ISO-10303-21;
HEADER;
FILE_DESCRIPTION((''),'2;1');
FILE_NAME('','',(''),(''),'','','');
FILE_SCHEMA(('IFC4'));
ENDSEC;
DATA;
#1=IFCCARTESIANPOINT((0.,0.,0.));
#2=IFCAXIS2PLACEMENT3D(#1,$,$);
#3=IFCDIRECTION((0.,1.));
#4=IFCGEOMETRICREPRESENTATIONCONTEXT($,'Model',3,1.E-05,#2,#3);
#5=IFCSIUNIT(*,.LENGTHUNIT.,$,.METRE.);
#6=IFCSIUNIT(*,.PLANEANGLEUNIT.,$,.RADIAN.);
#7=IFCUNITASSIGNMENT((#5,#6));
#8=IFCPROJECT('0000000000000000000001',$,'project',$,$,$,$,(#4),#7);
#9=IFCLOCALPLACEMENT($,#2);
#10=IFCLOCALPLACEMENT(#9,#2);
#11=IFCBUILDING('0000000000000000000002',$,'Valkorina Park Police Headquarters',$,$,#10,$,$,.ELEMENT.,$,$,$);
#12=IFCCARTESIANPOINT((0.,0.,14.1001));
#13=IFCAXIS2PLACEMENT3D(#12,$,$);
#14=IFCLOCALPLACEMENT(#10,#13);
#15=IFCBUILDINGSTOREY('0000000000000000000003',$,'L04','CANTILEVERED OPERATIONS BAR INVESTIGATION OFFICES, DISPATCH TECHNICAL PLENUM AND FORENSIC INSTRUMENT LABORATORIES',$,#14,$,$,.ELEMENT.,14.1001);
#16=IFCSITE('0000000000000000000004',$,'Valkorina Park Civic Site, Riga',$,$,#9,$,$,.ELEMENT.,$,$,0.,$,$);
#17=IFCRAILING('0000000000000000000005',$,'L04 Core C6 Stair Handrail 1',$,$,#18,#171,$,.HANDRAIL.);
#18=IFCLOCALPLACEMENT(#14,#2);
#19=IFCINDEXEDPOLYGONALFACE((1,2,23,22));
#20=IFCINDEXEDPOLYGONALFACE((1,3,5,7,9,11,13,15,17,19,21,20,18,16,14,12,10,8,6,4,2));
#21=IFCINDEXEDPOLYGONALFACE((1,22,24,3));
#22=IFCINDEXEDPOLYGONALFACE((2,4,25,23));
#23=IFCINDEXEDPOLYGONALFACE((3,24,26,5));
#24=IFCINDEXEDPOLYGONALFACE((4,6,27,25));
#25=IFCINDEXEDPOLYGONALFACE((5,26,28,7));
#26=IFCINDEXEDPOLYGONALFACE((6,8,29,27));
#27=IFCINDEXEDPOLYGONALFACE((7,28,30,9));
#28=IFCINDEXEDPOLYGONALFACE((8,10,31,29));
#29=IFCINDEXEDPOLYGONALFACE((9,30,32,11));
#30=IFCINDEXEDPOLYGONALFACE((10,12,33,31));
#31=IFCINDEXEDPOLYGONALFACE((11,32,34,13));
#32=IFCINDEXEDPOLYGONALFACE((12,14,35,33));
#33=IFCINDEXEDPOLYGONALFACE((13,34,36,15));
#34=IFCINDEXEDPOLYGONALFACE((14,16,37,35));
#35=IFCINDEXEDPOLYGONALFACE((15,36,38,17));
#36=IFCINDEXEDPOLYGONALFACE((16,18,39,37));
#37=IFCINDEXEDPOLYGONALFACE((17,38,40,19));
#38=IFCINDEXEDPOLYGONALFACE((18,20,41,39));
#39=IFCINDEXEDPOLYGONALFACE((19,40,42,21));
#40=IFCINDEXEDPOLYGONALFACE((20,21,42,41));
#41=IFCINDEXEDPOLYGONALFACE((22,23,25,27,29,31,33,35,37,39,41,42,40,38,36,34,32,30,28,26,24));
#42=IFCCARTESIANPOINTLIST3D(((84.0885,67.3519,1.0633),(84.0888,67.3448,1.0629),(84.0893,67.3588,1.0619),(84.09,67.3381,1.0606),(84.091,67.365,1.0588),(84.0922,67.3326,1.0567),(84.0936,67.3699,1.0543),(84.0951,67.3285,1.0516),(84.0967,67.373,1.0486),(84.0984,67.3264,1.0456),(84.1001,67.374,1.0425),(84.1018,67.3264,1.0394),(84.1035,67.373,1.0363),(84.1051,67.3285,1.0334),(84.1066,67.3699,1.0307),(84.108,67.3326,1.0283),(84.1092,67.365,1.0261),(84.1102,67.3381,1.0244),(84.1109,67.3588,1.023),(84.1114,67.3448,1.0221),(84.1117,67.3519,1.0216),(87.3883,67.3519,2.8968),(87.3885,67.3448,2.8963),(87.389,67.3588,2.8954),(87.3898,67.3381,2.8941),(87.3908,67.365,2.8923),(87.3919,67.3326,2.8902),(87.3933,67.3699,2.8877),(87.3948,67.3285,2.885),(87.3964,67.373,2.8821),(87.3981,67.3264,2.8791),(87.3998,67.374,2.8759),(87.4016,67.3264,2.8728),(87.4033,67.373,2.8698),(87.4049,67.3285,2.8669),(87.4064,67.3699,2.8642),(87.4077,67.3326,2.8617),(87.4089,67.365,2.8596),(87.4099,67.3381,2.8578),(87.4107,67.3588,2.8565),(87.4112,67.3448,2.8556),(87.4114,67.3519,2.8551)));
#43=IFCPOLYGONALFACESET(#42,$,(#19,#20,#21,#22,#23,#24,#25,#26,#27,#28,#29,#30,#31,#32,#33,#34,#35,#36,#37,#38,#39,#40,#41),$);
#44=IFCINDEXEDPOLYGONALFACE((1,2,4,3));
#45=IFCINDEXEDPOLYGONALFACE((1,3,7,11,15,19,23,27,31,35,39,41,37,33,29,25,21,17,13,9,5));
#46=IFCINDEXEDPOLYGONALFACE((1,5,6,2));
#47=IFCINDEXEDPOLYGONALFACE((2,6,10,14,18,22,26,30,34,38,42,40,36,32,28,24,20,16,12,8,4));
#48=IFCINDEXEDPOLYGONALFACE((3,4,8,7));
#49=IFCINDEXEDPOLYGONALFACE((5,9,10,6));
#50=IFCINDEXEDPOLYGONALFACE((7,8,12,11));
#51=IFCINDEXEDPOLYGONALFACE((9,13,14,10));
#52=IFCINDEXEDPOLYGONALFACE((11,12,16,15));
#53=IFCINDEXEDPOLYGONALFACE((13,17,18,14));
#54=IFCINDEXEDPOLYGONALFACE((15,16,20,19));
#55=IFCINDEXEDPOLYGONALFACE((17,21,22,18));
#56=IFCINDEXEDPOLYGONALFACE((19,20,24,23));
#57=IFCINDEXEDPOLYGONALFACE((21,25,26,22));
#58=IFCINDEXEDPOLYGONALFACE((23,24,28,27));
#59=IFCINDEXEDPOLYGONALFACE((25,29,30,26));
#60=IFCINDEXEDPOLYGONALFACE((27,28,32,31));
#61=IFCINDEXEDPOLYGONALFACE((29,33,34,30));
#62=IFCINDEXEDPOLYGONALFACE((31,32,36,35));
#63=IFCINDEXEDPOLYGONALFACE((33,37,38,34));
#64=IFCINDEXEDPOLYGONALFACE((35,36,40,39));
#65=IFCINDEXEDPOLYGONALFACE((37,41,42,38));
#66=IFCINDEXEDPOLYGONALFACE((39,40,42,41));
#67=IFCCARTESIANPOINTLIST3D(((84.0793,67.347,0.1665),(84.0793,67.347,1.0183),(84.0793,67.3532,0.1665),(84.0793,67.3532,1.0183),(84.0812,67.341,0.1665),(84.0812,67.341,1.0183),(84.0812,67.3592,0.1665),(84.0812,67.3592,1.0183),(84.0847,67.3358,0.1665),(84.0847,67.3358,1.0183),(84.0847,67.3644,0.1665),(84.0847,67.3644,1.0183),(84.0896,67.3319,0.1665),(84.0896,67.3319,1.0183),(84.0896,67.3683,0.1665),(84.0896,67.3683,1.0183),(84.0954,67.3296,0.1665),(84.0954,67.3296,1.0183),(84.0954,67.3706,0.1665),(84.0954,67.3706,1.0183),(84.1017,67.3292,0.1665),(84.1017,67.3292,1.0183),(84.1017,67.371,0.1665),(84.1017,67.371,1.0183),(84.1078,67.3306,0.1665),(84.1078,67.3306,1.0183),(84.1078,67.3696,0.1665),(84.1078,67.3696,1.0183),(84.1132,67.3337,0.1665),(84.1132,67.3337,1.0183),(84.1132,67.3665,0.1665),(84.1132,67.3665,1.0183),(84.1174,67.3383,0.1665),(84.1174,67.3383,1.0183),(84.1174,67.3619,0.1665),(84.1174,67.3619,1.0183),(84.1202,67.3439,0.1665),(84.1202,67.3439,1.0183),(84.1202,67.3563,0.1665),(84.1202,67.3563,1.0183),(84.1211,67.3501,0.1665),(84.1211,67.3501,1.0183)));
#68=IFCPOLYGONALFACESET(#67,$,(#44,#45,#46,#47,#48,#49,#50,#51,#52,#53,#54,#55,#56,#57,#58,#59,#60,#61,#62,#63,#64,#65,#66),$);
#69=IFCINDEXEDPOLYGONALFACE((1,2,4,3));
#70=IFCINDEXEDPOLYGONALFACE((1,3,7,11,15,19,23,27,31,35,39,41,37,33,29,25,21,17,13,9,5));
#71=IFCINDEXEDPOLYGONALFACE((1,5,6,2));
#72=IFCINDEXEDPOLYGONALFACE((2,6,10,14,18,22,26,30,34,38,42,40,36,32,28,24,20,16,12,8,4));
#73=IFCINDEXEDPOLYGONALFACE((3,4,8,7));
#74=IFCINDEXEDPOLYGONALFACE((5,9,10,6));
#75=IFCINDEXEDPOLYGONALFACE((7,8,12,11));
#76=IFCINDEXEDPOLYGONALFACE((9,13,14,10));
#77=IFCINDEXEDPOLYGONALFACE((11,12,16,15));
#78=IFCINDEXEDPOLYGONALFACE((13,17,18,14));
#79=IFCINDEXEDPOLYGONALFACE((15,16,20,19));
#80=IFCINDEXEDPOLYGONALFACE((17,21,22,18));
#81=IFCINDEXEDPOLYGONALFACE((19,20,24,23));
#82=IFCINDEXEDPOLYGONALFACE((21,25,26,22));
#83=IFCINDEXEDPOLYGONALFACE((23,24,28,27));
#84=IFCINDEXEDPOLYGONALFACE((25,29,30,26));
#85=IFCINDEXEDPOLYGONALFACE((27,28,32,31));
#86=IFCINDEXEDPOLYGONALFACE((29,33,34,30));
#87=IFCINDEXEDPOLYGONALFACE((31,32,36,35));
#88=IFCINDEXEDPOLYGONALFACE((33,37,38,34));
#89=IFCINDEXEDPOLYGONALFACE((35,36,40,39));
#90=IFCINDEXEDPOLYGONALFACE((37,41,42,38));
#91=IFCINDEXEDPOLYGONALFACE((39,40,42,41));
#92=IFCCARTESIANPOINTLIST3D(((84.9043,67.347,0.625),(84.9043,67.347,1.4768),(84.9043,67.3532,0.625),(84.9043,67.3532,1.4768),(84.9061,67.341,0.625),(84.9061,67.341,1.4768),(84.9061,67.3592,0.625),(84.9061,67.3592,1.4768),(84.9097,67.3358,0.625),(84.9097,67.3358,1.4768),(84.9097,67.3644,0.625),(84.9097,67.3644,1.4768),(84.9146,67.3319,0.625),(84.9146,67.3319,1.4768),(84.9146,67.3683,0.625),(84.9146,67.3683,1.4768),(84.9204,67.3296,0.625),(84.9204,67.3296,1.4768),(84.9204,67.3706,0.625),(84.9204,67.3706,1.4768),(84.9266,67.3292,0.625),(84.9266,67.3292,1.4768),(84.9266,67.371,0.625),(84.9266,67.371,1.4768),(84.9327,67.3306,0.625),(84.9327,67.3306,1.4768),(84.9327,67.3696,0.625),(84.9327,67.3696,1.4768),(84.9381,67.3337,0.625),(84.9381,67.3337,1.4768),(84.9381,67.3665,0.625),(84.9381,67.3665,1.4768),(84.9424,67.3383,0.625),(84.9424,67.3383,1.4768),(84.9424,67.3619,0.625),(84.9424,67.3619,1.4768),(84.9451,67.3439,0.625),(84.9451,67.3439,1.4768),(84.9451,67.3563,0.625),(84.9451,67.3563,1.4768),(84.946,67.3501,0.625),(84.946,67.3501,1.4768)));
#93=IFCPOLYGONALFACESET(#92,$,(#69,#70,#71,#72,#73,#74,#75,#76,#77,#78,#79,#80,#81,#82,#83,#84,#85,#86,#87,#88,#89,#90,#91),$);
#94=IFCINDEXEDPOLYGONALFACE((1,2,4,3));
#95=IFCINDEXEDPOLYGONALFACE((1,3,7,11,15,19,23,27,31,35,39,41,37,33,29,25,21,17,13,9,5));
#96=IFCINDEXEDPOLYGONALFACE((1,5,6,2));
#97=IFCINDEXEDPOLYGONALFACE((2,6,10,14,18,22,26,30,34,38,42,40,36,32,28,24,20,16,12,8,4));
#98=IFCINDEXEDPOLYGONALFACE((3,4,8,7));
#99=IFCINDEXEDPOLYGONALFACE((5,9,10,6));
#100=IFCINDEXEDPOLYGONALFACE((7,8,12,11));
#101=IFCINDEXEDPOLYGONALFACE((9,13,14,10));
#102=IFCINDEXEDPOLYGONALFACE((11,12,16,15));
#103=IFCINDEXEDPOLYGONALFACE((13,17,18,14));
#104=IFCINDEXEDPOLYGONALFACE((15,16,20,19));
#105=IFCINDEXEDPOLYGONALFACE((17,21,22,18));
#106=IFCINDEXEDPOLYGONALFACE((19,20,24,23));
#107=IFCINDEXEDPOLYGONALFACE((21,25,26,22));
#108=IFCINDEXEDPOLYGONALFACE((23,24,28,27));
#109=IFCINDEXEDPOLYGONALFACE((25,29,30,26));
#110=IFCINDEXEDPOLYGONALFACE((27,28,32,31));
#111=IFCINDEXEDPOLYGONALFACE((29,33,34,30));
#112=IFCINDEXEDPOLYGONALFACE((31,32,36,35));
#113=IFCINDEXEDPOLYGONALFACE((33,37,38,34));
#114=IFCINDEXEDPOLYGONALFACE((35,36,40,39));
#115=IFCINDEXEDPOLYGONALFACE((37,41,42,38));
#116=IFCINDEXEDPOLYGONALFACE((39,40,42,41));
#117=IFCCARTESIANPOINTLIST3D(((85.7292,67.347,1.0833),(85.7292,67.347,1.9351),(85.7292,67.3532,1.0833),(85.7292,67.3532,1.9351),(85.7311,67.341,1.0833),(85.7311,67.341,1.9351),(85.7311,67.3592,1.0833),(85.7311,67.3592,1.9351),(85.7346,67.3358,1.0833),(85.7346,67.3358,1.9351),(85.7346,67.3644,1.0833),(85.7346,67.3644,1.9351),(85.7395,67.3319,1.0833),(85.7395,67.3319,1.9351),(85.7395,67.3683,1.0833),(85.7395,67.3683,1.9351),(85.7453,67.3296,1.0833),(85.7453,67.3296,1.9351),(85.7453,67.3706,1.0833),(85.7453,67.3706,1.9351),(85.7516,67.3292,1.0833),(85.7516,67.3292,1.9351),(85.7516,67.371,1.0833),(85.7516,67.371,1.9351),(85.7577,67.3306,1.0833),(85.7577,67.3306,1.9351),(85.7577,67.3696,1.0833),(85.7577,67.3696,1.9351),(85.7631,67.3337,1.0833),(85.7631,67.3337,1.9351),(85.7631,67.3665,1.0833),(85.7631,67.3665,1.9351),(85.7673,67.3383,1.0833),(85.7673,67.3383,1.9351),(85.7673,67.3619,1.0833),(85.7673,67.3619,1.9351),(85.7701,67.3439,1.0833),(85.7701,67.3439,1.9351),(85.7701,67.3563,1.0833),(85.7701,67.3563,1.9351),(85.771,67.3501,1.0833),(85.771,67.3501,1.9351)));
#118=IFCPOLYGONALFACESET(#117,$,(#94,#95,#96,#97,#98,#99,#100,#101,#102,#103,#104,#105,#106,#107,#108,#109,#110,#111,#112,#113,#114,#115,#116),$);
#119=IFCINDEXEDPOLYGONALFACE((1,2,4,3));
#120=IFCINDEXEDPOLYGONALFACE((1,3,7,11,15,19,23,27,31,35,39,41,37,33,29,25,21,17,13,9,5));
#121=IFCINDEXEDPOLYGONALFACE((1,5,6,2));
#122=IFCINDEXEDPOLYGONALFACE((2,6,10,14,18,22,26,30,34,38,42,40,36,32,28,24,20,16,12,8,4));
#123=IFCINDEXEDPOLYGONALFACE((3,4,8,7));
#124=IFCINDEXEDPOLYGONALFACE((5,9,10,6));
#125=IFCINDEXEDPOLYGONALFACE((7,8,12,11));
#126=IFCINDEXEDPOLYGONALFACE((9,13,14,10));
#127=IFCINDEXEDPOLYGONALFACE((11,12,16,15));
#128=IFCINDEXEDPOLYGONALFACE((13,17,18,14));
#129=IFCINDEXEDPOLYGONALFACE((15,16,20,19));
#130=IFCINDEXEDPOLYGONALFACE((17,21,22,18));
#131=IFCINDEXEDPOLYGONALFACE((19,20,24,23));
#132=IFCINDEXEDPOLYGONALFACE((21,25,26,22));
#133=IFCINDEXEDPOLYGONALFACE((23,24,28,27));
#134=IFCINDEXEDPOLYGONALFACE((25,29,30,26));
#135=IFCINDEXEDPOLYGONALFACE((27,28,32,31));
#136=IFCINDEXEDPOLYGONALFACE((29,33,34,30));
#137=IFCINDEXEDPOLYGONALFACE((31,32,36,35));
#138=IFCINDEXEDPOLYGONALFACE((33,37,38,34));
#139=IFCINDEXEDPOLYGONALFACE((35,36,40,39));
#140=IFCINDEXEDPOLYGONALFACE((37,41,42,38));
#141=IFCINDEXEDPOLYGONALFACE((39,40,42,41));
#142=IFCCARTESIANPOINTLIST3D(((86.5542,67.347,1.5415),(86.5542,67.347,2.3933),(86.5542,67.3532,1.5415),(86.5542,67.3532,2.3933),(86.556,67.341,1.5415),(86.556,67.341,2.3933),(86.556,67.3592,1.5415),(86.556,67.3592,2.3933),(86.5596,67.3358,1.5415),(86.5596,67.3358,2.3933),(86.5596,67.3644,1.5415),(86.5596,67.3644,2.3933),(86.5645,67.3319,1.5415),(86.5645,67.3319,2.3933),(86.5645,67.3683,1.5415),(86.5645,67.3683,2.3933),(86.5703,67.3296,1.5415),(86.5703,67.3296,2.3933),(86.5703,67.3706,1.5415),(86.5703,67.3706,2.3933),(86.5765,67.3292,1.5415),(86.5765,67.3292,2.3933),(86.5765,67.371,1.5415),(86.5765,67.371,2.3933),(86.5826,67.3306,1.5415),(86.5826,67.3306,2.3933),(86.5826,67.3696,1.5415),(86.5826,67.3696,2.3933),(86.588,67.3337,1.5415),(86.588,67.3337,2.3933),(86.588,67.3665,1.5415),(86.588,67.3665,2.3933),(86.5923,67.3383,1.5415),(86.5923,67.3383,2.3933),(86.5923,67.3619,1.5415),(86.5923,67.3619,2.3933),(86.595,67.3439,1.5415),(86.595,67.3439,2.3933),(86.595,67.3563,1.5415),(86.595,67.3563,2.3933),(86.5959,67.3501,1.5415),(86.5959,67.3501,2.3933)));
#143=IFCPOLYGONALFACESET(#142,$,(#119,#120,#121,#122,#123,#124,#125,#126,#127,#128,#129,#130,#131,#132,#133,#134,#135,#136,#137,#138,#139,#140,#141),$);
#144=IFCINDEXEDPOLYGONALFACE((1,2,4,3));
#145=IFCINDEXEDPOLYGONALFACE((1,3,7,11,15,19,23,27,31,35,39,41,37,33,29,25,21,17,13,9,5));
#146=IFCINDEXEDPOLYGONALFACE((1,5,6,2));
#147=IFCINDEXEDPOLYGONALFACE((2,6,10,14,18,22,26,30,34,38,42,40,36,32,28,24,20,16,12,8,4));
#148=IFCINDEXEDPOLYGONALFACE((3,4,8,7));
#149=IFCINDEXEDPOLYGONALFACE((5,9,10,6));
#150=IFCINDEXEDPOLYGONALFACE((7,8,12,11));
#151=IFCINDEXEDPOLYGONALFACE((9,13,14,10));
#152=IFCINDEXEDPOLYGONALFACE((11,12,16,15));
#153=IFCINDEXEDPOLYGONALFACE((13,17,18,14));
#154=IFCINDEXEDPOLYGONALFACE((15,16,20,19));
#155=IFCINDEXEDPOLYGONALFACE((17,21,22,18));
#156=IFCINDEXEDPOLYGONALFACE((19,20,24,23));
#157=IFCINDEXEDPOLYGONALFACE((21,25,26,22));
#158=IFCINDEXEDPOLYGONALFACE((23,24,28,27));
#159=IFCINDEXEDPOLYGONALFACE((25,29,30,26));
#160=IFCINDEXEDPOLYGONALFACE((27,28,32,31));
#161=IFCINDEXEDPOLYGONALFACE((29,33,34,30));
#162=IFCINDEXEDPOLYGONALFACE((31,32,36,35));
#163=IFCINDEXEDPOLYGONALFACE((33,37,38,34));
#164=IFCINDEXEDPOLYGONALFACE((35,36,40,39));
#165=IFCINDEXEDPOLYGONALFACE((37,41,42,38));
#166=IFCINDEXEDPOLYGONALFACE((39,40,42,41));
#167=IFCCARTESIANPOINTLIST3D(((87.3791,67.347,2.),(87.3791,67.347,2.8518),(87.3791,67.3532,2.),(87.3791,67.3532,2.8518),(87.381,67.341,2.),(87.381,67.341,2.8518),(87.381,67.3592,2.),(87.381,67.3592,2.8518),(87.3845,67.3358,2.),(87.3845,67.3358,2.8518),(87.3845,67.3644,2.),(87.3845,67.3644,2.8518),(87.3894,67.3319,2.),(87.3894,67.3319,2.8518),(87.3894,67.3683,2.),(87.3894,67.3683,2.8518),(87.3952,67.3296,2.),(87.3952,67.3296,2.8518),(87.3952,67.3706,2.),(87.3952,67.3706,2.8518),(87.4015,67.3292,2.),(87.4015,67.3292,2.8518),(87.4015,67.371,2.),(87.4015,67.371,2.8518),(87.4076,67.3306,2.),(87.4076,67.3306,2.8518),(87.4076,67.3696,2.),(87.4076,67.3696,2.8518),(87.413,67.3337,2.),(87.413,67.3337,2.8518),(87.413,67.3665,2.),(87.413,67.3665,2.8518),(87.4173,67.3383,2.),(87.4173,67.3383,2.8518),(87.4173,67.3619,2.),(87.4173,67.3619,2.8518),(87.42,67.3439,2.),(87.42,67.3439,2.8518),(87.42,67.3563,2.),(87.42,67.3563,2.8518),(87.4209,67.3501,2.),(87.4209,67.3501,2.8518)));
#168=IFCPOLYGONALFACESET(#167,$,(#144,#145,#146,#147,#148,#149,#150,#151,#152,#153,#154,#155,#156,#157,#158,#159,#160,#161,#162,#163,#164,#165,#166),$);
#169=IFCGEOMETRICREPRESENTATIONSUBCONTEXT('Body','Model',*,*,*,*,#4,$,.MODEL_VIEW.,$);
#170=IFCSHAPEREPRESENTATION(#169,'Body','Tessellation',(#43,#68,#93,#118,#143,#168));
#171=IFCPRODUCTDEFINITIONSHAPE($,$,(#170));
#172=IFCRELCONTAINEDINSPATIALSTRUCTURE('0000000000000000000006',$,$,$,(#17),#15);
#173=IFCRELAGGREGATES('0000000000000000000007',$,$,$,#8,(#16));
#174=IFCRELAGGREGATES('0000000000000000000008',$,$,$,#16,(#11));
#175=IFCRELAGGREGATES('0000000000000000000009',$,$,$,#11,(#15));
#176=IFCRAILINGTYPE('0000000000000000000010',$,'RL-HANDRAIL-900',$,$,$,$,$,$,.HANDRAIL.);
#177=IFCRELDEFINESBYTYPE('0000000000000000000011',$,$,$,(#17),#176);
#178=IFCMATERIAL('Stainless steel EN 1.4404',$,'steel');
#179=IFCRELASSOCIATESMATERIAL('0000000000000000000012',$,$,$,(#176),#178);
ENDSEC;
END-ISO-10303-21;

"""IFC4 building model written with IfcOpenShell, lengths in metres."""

from ifc_helpers import new_model, si_unit, direction, frame, origin, origin_2d, place, context, subcontext, project, spatial, circle, extrude, material, type_object, element, save


model = new_model("IFC4")

# Units and contexts
model_context = context("Model", 3, precision=1e-05, world=origin(), true_north=direction((0.0, 1.0)))
body_context = subcontext(model_context, "Body", "Model", "MODEL_VIEW")
ifc_project = project(units=[si_unit("LENGTHUNIT", "METRE"), si_unit("PLANEANGLEUNIT", "RADIAN")], contexts=[model_context])

# Site, building, storey
site_placement = place(None, origin())
site = spatial("IfcSite", under=ifc_project, at=site_placement, Name="Valkorina Park Civic Site, Riga", CompositionType="ELEMENT", RefElevation=0.0)
building_placement = place(site_placement, origin())
building = spatial("IfcBuilding", under=site, at=building_placement, Name="Valkorina Park Police Headquarters", CompositionType="ELEMENT")
storey_placement = place(building_placement, frame((0.0, 0.0, 14.1001)))
storey = spatial("IfcBuildingStorey", under=building, at=storey_placement, Name="L04", Description="CANTILEVERED OPERATIONS BAR INVESTIGATION OFFICES, DISPATCH TECHNICAL PLENUM AND FORENSIC INSTRUMENT LABORATORIES", CompositionType="ELEMENT", Elevation=14.1001)

# Railing
ifc_material_1 = material(Name="Stainless steel EN 1.4404", Category="steel")
railing_type_1 = type_object("IfcRailingType", Name="RL-HANDRAIL-900", PredefinedType="HANDRAIL", material=ifc_material_1)
railing_1_placement = place(storey_placement, frame((84.1001, 67.3501, 0.1665)))
element("IfcRailing", 1, at=railing_1_placement, inside=storey, type_object=railing_type_1, Name="L04 Core C6 Stair Handrail 1", PredefinedType="HANDRAIL", context=body_context, shape_type="SweptSolid", body=[
    extrude(circle(Radius=0.0239, at=origin_2d()), frame((0.0, 0.0, 0.876), z_axis=(0.874127, 0.0, 0.485698), x_axis=(0.0, 1.0, 0.0)), (0.0, 0.0, 1.0), 3.7749),
    extrude(circle(Radius=0.021, at=origin_2d()), origin(), (0.0, 0.0, 1.0), 0.8518),
    extrude(circle(Radius=0.021, at=origin_2d()), frame((0.825, 0.0, 0.4585)), (0.0, 0.0, 1.0), 0.8518),
    extrude(circle(Radius=0.021, at=origin_2d()), frame((1.6499, 0.0, 0.9167)), (0.0, 0.0, 1.0), 0.8518),
    extrude(circle(Radius=0.021, at=origin_2d()), frame((2.4749, 0.0, 1.375)), (0.0, 0.0, 1.0), 0.8518),
    extrude(circle(Radius=0.021, at=origin_2d()), frame((3.2998, 0.0, 1.8335)), (0.0, 0.0, 1.0), 0.8518),
])

save(model, "model.ifc")
